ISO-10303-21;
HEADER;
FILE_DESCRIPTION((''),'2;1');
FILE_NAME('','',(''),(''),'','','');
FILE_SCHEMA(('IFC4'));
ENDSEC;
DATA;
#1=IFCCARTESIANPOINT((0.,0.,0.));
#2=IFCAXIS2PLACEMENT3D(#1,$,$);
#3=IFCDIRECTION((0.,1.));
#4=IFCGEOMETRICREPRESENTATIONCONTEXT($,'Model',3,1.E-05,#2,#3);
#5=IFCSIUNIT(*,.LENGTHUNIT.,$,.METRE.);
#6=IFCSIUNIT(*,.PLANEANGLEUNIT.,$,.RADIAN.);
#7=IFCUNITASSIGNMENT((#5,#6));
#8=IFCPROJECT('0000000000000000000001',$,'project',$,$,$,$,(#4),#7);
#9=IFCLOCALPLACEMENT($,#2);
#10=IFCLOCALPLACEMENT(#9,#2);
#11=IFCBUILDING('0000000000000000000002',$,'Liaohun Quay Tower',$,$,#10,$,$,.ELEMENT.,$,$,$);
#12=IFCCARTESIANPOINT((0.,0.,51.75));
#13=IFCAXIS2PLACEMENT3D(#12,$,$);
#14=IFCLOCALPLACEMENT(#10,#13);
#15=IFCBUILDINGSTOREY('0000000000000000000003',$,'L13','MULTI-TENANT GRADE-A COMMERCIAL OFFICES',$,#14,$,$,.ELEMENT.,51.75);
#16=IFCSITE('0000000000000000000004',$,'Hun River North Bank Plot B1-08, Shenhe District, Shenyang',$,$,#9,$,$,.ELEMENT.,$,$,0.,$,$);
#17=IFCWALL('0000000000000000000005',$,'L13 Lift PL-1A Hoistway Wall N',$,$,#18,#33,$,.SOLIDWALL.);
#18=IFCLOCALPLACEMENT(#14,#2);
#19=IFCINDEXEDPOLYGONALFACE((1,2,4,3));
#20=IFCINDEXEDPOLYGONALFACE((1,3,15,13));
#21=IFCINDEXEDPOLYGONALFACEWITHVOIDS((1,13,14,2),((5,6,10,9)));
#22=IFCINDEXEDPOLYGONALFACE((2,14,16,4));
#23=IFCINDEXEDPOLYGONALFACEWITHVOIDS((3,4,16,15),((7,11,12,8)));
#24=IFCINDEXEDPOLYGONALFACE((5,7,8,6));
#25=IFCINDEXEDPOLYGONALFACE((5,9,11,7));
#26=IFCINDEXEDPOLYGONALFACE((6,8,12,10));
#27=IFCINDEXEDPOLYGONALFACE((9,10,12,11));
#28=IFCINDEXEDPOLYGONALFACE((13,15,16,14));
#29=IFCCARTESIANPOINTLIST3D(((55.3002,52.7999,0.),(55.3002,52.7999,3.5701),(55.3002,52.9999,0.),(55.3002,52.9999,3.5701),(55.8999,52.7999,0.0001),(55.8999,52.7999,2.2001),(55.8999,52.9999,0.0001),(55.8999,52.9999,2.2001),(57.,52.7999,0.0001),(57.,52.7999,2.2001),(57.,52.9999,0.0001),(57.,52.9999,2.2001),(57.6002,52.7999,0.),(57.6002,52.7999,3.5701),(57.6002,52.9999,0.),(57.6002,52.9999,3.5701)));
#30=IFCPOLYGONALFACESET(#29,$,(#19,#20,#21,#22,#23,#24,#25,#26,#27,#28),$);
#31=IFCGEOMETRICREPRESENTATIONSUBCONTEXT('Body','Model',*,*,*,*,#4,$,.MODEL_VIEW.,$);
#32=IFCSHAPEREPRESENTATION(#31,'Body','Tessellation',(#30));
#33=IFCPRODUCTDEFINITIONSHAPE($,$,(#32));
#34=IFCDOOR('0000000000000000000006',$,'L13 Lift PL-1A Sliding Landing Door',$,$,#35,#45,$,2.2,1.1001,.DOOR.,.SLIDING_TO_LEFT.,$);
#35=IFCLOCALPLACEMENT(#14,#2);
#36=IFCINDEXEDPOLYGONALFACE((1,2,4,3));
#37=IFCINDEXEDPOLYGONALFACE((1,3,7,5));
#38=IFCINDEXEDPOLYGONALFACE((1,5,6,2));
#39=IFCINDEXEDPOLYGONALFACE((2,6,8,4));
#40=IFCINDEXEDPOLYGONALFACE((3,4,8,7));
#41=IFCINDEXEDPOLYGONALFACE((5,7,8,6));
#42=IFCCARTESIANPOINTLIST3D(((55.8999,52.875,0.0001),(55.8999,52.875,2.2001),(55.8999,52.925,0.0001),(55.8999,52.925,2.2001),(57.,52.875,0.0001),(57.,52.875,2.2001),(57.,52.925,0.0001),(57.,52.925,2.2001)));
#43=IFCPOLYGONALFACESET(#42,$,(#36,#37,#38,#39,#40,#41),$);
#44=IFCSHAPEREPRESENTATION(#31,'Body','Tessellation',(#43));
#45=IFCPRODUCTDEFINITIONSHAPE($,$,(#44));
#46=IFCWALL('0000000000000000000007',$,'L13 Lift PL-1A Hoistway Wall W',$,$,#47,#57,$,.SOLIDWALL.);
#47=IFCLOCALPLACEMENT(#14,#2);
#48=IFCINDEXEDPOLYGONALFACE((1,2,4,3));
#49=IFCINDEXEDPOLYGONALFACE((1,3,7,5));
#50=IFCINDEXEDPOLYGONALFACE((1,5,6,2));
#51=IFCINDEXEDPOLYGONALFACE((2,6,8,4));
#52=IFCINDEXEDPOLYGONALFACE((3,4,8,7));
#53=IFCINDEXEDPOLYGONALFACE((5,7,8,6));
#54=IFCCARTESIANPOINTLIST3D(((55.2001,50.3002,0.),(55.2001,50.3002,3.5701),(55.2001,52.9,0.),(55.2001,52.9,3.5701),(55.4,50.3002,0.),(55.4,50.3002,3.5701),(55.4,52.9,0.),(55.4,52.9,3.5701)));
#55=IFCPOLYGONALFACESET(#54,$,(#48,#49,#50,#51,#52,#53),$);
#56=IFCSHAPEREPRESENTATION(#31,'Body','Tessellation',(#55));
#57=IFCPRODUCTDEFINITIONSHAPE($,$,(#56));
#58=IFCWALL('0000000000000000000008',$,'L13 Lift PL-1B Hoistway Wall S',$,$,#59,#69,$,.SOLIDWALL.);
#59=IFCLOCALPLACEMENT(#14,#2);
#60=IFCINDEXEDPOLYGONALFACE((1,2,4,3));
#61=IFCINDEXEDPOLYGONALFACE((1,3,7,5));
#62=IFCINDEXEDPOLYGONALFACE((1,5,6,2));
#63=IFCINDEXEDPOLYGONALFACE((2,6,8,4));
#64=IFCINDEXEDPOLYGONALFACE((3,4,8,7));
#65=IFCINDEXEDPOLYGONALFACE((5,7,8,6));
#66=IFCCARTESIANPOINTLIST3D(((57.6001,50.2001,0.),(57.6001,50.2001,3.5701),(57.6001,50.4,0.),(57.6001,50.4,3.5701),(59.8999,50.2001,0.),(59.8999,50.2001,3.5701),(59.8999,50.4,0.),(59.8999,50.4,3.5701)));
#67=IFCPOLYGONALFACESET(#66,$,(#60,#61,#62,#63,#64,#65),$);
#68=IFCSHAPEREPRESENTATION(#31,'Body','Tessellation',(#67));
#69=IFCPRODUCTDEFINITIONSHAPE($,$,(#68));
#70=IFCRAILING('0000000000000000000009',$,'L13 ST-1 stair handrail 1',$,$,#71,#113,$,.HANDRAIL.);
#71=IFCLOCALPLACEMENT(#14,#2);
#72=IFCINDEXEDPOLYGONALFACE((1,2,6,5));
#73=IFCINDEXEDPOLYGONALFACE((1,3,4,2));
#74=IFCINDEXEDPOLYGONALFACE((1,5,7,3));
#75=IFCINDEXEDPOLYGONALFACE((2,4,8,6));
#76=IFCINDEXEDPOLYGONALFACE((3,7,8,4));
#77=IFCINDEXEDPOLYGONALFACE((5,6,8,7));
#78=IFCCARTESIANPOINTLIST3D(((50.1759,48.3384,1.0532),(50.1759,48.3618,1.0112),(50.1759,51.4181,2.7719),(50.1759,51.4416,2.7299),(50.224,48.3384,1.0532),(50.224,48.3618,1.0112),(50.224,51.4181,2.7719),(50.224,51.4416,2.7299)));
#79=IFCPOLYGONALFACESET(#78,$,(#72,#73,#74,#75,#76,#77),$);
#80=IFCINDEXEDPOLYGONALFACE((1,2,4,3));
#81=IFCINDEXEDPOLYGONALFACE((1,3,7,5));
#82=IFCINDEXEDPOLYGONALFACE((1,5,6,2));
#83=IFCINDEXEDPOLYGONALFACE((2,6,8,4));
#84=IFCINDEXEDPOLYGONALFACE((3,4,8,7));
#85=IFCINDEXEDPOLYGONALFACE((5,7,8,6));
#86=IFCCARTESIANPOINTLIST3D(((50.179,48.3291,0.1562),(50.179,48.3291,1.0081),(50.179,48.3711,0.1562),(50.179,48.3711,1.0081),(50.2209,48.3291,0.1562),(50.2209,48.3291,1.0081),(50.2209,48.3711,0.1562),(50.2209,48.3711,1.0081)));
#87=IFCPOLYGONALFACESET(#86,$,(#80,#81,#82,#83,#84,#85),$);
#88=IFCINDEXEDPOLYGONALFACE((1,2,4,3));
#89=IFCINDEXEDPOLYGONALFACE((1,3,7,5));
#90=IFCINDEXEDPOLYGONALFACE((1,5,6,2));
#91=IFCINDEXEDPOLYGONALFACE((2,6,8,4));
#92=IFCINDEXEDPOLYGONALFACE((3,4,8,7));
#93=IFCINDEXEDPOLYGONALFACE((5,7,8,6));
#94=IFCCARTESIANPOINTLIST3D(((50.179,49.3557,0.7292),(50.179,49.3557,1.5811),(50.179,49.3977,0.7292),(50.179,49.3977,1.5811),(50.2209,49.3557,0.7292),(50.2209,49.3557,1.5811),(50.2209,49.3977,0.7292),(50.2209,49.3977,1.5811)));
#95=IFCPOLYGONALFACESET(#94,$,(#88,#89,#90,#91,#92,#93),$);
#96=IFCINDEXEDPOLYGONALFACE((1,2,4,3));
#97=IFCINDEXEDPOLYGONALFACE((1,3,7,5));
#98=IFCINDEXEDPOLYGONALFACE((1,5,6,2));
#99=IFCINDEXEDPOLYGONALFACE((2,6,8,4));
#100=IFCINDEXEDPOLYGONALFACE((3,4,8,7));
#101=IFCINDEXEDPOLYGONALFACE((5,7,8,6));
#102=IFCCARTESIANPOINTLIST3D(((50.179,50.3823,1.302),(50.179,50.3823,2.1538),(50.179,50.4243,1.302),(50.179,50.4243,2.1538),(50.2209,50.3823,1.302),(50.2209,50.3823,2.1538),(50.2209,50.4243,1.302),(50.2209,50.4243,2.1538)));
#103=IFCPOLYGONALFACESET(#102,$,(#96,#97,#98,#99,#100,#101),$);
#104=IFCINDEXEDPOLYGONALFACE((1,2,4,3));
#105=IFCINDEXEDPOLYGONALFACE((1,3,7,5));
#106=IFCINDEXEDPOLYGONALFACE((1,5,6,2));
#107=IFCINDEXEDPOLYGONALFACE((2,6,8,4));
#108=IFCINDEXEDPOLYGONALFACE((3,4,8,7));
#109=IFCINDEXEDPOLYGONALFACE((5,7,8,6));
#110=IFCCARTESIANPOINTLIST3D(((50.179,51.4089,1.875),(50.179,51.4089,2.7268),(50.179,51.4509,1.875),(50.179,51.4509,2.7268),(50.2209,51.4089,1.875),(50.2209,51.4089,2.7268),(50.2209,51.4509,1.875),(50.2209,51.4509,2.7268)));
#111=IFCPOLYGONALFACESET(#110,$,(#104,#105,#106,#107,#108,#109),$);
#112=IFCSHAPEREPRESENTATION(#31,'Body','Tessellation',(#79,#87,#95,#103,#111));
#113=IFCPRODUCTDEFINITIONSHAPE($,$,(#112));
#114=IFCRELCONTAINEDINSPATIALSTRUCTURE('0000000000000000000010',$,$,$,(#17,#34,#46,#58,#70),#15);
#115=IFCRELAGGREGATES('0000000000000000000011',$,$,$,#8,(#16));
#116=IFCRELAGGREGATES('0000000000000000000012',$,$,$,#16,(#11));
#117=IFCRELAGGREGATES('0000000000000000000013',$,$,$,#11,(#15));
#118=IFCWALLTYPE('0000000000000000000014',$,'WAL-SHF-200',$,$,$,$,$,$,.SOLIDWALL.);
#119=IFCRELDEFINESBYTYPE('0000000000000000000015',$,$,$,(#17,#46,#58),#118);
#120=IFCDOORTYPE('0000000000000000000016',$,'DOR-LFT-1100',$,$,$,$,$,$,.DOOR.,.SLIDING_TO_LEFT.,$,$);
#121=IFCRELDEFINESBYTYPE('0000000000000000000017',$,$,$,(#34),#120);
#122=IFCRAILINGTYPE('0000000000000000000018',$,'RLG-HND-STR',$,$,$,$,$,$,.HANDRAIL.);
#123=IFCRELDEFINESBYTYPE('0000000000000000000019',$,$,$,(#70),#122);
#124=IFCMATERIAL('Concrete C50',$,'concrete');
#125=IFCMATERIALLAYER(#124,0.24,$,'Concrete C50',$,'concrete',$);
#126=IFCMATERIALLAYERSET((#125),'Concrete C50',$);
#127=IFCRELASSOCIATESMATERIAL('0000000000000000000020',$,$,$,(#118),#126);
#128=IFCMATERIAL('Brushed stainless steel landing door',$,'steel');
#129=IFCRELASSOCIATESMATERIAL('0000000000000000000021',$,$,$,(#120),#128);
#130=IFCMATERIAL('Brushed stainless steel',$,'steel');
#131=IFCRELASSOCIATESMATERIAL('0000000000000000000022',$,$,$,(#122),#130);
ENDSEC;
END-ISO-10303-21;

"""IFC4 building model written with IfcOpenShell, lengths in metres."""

from ifc_helpers import new_model, si_unit, direction, frame, frame_2d, origin, origin_2d, place, context, subcontext, project, spatial, rectangle, extrude, source, transform, mapped, material, layer, layer_set, type_object, element, fill, save


model = new_model("IFC4")

# Units and contexts
model_context = context("Model", 3, precision=1e-05, world=origin(), true_north=direction((0.0, 1.0)))
body_context = subcontext(model_context, "Body", "Model", "MODEL_VIEW")
ifc_project = project(units=[si_unit("LENGTHUNIT", "METRE"), si_unit("PLANEANGLEUNIT", "RADIAN")], contexts=[model_context])

# Site, building, storey
site_placement = place(None, origin())
site = spatial("IfcSite", under=ifc_project, at=site_placement, Name="Hun River North Bank Plot B1-08, Shenhe District, Shenyang", CompositionType="ELEMENT", RefElevation=0.0)
building_placement = place(site_placement, origin())
building = spatial("IfcBuilding", under=site, at=building_placement, Name="Liaohun Quay Tower", CompositionType="ELEMENT")
storey_placement = place(building_placement, frame((0.0, 0.0, 51.75)))
storey = spatial("IfcBuildingStorey", under=building, at=storey_placement, Name="L13", Description="MULTI-TENANT GRADE-A COMMERCIAL OFFICES", CompositionType="ELEMENT", Elevation=51.75)

# Shared definitions
ifc_material_1 = material(Name="Concrete C50", Category="concrete")

# Shared definitions
ifc_layer_1 = layer(ifc_material_1, 0.24, Name="Concrete C50", Category="concrete")
ifc_layer_set_1 = layer_set([ifc_layer_1], Name="Concrete C50")
wall_type_1 = type_object("IfcWallType", Name="WAL-SHF-200", PredefinedType="SOLIDWALL", material=ifc_layer_set_1)

# Wall, opening, door
wall_1_placement = place(storey_placement, frame((57.6001, 52.8999, 0.0), z_axis=(0.0, 0.0, 1.0), x_axis=(-1.0, 0.0, 0.0)))
wall_1 = element("IfcWall", 1, at=wall_1_placement, inside=storey, type_object=wall_type_1, Name="L13 Lift PL-1A Hoistway Wall N", PredefinedType="SOLIDWALL", context=body_context, shape_type="SweptSolid", body=[
    extrude(rectangle(XDim=2.3, YDim=0.2, at=frame_2d((1.1499, 0.0))), origin(), (0.0, 0.0, 1.0), 3.5701),
])
shared_shape_1 = source(origin(), body_context, "Body", "SweptSolid", [
    extrude(rectangle(XDim=1.1001, YDim=2.2, at=frame_2d((0.55, 1.1001))), frame((0.0, 0.1099, 0.0), z_axis=(0.0, -1.0, 0.0), x_axis=(1.0, 0.0, 0.0)), (0.0, 0.0, 1.0), 0.22),
])
opening_1_placement = place(wall_1_placement, frame((0.6001, 0.0, 0.0)))
opening_1 = element("IfcOpeningElement", 2, at=opening_1_placement, cuts=wall_1, PredefinedType="OPENING", context=body_context, shape_type="MappedRepresentation", body=[
    mapped(shared_shape_1, transform((0.0, 0.0, 0.0), x_axis=(1.0, 0.0, 0.0), y_axis=(0.0, 1.0, 0.0), z_axis=(0.0, 0.0, 1.0), scale=1.0)),
])
ifc_material_2 = material(Name="Brushed stainless steel landing door", Category="steel")
door_type_1 = type_object("IfcDoorType", Name="DOR-LFT-1100", OperationType="SLIDING_TO_LEFT", PredefinedType="DOOR", material=ifc_material_2)
shared_shape_2 = source(origin(), body_context, "Body", "SweptSolid", [
    extrude(rectangle(XDim=1.1001, YDim=2.2, at=frame_2d((0.55, 1.1001))), frame((0.0, 0.0249, 0.0), z_axis=(0.0, -1.0, 0.0), x_axis=(1.0, 0.0, 0.0)), (0.0, 0.0, 1.0), 0.05),
])
door_1_placement = place(opening_1_placement, origin())
door_1 = element("IfcDoor", 3, at=door_1_placement, inside=storey, type_object=door_type_1, Name="L13 Lift PL-1A Sliding Landing Door", OperationType="SLIDING_TO_LEFT", OverallHeight=2.2, OverallWidth=1.1001, PredefinedType="DOOR", context=body_context, shape_type="MappedRepresentation", body=[
    mapped(shared_shape_2, transform((0.0, 0.0, 0.0), x_axis=(1.0, 0.0, 0.0), y_axis=(0.0, 1.0, 0.0), z_axis=(0.0, 0.0, 1.0), scale=1.0)),
])
fill(opening_1, door_1)

# Walls
wall_2_placement = place(storey_placement, frame((55.3, 52.8999, 0.0), z_axis=(0.0, 0.0, 1.0), x_axis=(0.0, -1.0, 0.0)))
element("IfcWall", 4, at=wall_2_placement, inside=storey, type_object=wall_type_1, Name="L13 Lift PL-1A Hoistway Wall W", PredefinedType="SOLIDWALL", context=body_context, shape_type="SweptSolid", body=[
    extrude(rectangle(XDim=2.5999, YDim=0.2, at=frame_2d((1.2998, 0.0))), origin(), (0.0, 0.0, 1.0), 3.5701),
])
wall_3_placement = place(storey_placement, frame((57.6001, 50.3, 0.0), z_axis=(0.0, 0.0, 1.0), x_axis=(1.0, 0.0, 0.0)))
element("IfcWall", 5, at=wall_3_placement, inside=storey, type_object=wall_type_1, Name="L13 Lift PL-1B Hoistway Wall S", PredefinedType="SOLIDWALL", context=body_context, shape_type="SweptSolid", body=[
    extrude(rectangle(XDim=2.2998, YDim=0.2, at=frame_2d((1.1499, 0.0))), origin(), (0.0, 0.0, 1.0), 3.5701),
])

# Railing
ifc_material_3 = material(Name="Brushed stainless steel", Category="steel")
railing_type = type_object("IfcRailingType", Name="RLG-HND-STR", PredefinedType="HANDRAIL", material=ifc_material_3)
railing_placement = place(storey_placement, frame((50.2, 48.3501, 0.1562)))
element("IfcRailing", 6, at=railing_placement, inside=storey, type_object=railing_type, Name="L13 ST-1 stair handrail 1", PredefinedType="HANDRAIL", context=body_context, shape_type="SweptSolid", body=[
    extrude(rectangle(XDim=0.0481, YDim=0.0481, at=origin_2d()), frame((0.0, 0.0, 0.876), z_axis=(0.0, 0.873225, 0.487317), x_axis=(-1.0, 0.0, 0.0)), (0.0, 0.0, 1.0), 3.5269),
    extrude(rectangle(XDim=0.042, YDim=0.042, at=origin_2d()), origin(), (0.0, 0.0, 1.0), 0.8518),
    extrude(rectangle(XDim=0.042, YDim=0.042, at=origin_2d()), frame((0.0, 1.0266, 0.573)), (0.0, 0.0, 1.0), 0.8518),
    extrude(rectangle(XDim=0.042, YDim=0.042, at=origin_2d()), frame((0.0, 2.0532, 1.1458)), (0.0, 0.0, 1.0), 0.8518),
    extrude(rectangle(XDim=0.042, YDim=0.042, at=origin_2d()), frame((0.0, 3.0798, 1.7188)), (0.0, 0.0, 1.0), 0.8518),
])

save(model, "model.ifc")
